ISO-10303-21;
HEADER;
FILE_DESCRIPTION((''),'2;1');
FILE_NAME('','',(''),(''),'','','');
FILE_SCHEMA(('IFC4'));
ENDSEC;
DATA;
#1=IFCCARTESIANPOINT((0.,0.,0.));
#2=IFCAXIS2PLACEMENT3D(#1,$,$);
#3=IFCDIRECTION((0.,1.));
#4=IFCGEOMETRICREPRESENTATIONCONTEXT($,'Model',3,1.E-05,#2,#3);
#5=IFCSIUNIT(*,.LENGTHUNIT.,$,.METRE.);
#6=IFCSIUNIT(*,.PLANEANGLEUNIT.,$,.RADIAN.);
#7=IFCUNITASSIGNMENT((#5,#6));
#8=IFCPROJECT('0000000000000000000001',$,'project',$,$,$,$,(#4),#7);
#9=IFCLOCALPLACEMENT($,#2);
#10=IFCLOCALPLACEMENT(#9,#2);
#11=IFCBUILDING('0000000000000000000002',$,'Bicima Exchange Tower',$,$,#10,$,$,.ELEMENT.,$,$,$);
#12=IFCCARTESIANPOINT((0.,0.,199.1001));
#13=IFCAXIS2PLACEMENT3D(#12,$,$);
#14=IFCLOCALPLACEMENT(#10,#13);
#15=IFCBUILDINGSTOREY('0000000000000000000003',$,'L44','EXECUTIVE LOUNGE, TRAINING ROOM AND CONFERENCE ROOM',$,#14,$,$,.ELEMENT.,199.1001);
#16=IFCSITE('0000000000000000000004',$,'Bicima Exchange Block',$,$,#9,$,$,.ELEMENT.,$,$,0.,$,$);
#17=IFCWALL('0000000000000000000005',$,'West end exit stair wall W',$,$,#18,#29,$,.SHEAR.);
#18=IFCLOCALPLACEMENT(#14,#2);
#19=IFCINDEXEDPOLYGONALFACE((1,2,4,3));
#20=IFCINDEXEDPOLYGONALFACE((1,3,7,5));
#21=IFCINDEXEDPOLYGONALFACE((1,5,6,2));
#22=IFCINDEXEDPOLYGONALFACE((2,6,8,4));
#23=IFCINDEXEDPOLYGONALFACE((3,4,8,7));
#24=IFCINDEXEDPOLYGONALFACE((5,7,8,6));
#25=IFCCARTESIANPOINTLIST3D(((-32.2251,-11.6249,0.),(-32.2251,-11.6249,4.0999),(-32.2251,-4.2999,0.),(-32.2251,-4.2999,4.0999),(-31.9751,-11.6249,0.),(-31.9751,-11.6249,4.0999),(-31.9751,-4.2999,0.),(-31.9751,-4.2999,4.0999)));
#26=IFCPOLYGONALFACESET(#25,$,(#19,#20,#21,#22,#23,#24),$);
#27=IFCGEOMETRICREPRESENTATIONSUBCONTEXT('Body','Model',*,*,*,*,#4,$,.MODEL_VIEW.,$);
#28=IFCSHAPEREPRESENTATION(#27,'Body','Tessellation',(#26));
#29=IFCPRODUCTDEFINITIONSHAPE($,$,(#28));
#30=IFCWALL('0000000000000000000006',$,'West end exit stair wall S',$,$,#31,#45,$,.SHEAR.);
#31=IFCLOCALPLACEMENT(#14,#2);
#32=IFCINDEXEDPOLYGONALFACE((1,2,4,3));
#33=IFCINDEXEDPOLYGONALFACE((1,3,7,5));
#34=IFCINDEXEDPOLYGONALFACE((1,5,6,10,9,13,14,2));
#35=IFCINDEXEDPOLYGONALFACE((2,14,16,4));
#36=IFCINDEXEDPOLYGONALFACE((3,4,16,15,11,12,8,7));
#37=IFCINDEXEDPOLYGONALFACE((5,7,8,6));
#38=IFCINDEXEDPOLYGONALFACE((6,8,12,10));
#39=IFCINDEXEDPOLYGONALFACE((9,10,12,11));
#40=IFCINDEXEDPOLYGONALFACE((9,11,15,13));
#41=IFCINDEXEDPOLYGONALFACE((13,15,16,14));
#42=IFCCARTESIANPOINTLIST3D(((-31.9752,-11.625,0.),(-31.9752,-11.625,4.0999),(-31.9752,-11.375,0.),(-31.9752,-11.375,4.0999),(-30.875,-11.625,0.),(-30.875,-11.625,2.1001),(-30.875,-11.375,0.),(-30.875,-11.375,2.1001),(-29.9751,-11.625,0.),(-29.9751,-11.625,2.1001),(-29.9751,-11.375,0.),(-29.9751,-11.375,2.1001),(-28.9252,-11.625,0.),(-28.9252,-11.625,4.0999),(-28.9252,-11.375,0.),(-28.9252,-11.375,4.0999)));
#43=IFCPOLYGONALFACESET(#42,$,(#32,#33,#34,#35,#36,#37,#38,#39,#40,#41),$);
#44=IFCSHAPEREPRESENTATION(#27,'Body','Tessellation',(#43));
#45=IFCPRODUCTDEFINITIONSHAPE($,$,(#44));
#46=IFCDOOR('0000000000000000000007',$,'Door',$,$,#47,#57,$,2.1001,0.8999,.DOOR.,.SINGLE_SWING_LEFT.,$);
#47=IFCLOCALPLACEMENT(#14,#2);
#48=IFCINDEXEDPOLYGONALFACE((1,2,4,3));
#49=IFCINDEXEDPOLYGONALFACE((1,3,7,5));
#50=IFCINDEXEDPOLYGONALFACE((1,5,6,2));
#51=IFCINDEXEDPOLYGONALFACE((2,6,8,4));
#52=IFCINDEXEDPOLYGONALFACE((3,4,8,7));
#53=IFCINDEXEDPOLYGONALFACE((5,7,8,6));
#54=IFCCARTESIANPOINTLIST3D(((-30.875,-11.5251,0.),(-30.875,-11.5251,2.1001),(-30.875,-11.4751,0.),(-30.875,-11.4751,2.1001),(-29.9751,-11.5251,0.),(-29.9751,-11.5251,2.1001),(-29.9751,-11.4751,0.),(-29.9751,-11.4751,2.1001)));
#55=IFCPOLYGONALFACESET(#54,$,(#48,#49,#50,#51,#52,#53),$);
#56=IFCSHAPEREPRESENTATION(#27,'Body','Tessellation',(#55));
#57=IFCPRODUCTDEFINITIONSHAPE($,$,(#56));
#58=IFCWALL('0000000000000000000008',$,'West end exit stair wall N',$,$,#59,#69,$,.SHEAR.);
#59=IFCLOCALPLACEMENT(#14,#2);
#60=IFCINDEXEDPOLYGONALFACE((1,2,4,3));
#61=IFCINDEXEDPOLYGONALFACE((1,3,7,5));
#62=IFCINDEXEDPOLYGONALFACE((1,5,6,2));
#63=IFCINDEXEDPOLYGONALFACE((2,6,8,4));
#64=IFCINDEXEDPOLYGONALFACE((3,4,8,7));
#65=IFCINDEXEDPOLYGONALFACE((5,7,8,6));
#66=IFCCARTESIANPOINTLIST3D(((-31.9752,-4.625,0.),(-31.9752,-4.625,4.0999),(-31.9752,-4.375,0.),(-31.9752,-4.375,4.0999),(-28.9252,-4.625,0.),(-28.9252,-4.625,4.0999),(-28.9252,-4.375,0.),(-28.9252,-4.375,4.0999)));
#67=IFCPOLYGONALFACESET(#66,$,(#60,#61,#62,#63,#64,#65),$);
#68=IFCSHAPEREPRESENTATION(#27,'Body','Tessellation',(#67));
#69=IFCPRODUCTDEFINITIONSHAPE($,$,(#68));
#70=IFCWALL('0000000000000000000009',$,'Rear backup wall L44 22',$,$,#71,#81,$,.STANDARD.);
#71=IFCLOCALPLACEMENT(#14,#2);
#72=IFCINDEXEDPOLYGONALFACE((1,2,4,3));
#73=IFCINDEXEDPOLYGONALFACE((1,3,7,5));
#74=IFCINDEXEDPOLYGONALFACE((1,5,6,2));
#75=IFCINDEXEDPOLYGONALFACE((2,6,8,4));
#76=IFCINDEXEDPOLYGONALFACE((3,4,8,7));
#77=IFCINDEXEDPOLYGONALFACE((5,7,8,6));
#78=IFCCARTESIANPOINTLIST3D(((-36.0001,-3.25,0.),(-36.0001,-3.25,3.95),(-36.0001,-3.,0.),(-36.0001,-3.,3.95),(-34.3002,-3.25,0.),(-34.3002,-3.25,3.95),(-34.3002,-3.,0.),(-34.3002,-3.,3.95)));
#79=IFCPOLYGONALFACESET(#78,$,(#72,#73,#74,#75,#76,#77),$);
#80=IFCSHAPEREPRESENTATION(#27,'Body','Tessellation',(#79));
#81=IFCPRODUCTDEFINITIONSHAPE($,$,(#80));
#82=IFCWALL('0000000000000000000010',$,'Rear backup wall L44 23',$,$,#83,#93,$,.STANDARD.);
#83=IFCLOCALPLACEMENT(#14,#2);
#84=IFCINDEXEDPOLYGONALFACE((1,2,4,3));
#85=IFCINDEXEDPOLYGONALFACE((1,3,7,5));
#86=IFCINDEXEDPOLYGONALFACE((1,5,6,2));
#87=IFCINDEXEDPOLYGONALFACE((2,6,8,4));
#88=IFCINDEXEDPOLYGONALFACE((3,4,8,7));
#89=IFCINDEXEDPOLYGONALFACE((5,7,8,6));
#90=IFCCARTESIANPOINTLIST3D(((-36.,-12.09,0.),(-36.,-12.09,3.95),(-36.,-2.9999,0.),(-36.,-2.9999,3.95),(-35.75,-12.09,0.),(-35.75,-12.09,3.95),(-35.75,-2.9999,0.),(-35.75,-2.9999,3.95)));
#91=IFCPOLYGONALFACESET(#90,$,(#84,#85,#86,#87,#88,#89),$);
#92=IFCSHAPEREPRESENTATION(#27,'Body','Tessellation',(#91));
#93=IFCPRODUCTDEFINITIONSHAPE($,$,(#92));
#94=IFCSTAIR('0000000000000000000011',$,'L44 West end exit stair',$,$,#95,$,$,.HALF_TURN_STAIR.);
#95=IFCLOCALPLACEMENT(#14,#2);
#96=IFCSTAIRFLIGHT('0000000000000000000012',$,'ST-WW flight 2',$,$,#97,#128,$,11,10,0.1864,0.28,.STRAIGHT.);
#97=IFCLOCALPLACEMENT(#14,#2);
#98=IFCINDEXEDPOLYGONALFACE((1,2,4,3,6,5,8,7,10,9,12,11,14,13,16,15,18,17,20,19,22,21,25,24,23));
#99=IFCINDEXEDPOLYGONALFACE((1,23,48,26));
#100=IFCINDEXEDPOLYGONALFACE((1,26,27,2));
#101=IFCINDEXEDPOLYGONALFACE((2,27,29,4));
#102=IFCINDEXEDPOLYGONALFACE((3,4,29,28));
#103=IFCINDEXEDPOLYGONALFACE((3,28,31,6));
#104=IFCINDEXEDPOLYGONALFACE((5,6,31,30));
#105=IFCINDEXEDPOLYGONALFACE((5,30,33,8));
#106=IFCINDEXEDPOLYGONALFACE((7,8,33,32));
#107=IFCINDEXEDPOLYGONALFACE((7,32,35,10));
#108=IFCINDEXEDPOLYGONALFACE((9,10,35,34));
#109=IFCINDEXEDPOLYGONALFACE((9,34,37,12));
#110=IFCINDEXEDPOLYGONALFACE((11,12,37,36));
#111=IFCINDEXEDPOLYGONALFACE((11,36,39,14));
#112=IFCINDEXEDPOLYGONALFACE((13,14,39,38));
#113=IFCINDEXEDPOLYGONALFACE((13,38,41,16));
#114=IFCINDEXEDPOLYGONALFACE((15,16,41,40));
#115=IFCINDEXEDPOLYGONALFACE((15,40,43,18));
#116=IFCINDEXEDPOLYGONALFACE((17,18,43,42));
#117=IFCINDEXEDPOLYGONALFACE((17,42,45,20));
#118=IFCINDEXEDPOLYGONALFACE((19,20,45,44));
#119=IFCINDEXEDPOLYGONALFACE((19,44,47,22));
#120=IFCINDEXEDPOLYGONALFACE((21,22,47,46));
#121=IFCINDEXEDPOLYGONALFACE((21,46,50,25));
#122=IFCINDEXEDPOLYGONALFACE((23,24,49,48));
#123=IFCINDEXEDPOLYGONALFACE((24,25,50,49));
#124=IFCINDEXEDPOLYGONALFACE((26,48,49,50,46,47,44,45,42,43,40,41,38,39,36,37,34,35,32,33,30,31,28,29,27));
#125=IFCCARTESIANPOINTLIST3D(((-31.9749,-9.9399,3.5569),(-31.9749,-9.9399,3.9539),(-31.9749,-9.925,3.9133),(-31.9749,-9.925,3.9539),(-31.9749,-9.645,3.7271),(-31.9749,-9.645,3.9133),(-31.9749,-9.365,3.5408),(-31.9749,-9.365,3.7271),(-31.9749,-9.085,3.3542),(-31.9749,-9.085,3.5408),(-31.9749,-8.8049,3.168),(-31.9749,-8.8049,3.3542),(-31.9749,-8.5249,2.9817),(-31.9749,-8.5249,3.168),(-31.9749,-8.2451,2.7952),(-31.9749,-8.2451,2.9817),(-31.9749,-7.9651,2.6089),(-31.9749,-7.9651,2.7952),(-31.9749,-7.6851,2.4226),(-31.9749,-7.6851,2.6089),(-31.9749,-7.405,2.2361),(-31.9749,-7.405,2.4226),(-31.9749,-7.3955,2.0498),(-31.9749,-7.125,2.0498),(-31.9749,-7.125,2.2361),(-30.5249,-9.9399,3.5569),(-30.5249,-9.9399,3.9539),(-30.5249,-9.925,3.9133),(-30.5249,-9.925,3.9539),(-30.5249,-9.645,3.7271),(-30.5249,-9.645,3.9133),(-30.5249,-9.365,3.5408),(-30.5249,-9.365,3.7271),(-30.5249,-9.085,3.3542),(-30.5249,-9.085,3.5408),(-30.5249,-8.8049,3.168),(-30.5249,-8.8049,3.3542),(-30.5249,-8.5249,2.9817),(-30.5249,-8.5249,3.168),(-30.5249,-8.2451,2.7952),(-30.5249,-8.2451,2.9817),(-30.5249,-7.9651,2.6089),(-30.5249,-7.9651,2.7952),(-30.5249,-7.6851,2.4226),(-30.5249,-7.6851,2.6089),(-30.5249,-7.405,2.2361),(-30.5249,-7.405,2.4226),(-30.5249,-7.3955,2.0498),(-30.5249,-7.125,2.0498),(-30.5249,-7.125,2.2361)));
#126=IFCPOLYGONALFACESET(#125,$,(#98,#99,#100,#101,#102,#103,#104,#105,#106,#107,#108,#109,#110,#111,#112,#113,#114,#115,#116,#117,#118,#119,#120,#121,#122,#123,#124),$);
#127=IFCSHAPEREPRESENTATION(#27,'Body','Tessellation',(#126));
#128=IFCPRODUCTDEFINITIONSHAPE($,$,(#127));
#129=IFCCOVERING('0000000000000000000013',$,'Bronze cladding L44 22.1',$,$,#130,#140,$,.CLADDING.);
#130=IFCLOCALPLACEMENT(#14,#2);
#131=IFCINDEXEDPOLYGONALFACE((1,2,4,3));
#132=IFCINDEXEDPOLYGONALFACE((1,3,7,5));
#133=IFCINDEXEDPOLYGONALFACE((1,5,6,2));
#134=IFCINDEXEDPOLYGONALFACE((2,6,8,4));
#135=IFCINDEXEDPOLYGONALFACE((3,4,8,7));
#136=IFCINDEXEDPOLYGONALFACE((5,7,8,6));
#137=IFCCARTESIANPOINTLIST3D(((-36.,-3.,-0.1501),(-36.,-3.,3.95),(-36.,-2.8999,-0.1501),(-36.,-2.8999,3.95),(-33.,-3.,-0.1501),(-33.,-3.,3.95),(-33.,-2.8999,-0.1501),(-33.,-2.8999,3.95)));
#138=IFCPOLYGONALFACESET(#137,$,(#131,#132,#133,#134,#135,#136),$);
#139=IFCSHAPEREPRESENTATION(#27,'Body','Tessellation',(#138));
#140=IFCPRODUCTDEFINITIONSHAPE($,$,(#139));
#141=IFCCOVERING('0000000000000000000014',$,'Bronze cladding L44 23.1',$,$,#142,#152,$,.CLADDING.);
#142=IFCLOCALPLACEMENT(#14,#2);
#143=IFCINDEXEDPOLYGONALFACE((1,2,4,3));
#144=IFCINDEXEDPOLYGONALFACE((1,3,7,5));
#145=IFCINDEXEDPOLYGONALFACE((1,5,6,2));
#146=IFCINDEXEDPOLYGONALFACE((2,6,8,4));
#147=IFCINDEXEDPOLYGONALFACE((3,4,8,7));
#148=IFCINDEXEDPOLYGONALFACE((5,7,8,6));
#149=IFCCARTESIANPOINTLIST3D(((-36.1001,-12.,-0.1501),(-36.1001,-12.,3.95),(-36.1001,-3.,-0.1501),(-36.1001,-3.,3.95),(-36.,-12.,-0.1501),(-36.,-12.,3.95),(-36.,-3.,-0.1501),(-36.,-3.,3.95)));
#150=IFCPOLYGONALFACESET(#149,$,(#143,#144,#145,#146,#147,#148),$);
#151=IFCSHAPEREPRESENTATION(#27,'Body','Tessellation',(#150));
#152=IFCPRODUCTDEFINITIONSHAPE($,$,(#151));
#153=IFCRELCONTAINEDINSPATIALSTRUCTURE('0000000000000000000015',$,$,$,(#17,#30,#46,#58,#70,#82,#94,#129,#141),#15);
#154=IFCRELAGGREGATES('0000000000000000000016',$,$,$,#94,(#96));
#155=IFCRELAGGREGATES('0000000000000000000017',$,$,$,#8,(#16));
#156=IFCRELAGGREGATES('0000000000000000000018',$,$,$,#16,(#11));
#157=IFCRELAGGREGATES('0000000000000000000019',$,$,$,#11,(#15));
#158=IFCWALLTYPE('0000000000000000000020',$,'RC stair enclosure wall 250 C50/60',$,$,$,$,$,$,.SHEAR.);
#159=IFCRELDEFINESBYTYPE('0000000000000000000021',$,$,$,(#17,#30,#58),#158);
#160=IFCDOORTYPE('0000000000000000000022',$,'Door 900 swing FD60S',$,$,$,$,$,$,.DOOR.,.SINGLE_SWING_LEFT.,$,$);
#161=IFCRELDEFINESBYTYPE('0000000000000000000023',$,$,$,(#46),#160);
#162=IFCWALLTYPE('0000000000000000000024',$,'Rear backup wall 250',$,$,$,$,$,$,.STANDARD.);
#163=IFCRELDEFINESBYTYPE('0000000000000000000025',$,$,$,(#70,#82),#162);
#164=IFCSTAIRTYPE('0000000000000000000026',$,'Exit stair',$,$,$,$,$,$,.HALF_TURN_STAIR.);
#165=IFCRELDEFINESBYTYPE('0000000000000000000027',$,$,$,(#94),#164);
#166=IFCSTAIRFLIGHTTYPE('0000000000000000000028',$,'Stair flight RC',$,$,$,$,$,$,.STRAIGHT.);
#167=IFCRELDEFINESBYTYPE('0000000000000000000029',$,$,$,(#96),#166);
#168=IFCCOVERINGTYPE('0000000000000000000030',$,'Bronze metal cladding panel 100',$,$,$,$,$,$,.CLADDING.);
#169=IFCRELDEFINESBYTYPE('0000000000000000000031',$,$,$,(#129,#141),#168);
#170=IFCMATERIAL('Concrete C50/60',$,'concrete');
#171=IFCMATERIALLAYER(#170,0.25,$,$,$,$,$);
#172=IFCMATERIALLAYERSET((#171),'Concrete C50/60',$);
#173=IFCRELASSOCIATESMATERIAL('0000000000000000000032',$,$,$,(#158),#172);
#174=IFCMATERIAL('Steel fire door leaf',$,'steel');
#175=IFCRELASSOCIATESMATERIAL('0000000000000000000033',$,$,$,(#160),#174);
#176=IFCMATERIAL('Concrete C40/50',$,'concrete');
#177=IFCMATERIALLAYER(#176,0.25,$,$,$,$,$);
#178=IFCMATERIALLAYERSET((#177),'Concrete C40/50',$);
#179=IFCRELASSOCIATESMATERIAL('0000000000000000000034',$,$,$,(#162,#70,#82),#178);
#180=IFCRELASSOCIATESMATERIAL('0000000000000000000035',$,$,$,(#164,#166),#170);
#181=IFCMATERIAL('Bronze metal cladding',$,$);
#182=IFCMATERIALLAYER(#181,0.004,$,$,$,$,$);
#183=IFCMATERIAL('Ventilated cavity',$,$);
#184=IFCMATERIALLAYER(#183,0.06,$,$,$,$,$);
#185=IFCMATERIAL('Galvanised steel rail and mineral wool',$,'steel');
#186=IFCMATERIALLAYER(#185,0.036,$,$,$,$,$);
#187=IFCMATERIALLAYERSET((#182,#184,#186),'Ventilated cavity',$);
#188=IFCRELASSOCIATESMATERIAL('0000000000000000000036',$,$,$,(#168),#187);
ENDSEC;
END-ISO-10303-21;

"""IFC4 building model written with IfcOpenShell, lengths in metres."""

from ifc_helpers import new_model, si_unit, direction, frame, frame_2d, origin, origin_2d, place, context, subcontext, project, spatial, polyline, rectangle, outline, extrude, material, layer, layer_set, layer_usage, type_object, element, fill, aggregate, save


model = new_model("IFC4")

# Units and contexts
model_context = context("Model", 3, precision=1e-05, world=origin(), true_north=direction((0.0, 1.0)))
body_context = subcontext(model_context, "Body", "Model", "MODEL_VIEW")
ifc_project = project(units=[si_unit("LENGTHUNIT", "METRE"), si_unit("PLANEANGLEUNIT", "RADIAN")], contexts=[model_context])

# Site, building, storey
site_placement = place(None, origin())
site = spatial("IfcSite", under=ifc_project, at=site_placement, Name="Bicima Exchange Block", CompositionType="ELEMENT", RefElevation=0.0)
building_placement = place(site_placement, origin())
building = spatial("IfcBuilding", under=site, at=building_placement, Name="Bicima Exchange Tower", CompositionType="ELEMENT")
storey_placement = place(building_placement, frame((0.0, 0.0, 199.1001)))
storey = spatial("IfcBuildingStorey", under=building, at=storey_placement, Name="L44", Description="EXECUTIVE LOUNGE, TRAINING ROOM AND CONFERENCE ROOM", CompositionType="ELEMENT", Elevation=199.1001)

# Wall
ifc_material_1 = material(Name="Concrete C50/60", Category="concrete")
ifc_layer_1 = layer(ifc_material_1, 0.25)
ifc_layer_set_1 = layer_set([ifc_layer_1], Name="Concrete C50/60")
wall_type_1 = type_object("IfcWallType", Name="RC stair enclosure wall 250 C50/60", PredefinedType="SHEAR", material=ifc_layer_set_1)
wall_1_placement = place(storey_placement, frame((-32.1001, -11.625, 0.0), z_axis=(0.0, 0.0, 1.0), x_axis=(0.0, 1.0, 0.0)))
element("IfcWall", 1, at=wall_1_placement, inside=storey, type_object=wall_type_1, Name="West end exit stair wall W", PredefinedType="SHEAR", context=body_context, shape_type="SweptSolid", body=[
    extrude(rectangle(XDim=7.325, YDim=0.25, at=frame_2d((3.6626, 0.0))), origin(), (0.0, 0.0, 1.0), 4.0999),
])

# Wall, opening, door
wall_2_placement = place(storey_placement, frame((-31.9751, -11.5, 0.0), z_axis=(0.0, 0.0, 1.0), x_axis=(1.0, 0.0, 0.0)))
wall_2 = element("IfcWall", 2, at=wall_2_placement, inside=storey, type_object=wall_type_1, Name="West end exit stair wall S", PredefinedType="SHEAR", context=body_context, shape_type="SweptSolid", body=[
    extrude(rectangle(XDim=3.05, YDim=0.25, at=frame_2d((1.5249, 0.0))), origin(), (0.0, 0.0, 1.0), 4.0999),
])
opening_placement = place(wall_2_placement, frame((1.1001, 0.0, 0.0)))
opening = element("IfcOpeningElement", 3, at=opening_placement, cuts=wall_2, PredefinedType="OPENING", context=body_context, shape_type="SweptSolid", body=[
    extrude(rectangle(XDim=0.8999, YDim=2.1001, at=frame_2d((0.45, 1.05))), frame((0.0, 0.137, 0.0), z_axis=(0.0, -1.0, 0.0), x_axis=(1.0, 0.0, 0.0)), (0.0, 0.0, 1.0), 0.2739),
])
ifc_material_2 = material(Name="Steel fire door leaf", Category="steel")
door_type = type_object("IfcDoorType", Name="Door 900 swing FD60S", OperationType="SINGLE_SWING_LEFT", PredefinedType="DOOR", material=ifc_material_2)
door_placement = place(opening_placement, origin())
door = element("IfcDoor", 4, at=door_placement, inside=storey, type_object=door_type, Name="Door", OperationType="SINGLE_SWING_LEFT", OverallHeight=2.1001, OverallWidth=0.8999, PredefinedType="DOOR", context=body_context, shape_type="SweptSolid", body=[
    extrude(rectangle(XDim=0.8999, YDim=2.1001, at=frame_2d((0.45, 1.05))), frame((0.0, 0.0249, 0.0), z_axis=(0.0, -1.0, 0.0), x_axis=(1.0, 0.0, 0.0)), (0.0, 0.0, 1.0), 0.05),
])
fill(opening, door)

# Walls
wall_3_placement = place(storey_placement, frame((-31.9751, -4.5, 0.0), z_axis=(0.0, 0.0, 1.0), x_axis=(1.0, 0.0, 0.0)))
element("IfcWall", 5, at=wall_3_placement, inside=storey, type_object=wall_type_1, Name="West end exit stair wall N", PredefinedType="SHEAR", context=body_context, shape_type="SweptSolid", body=[
    extrude(rectangle(XDim=3.05, YDim=0.25, at=frame_2d((1.5249, 0.0))), origin(), (0.0, 0.0, 1.0), 4.0999),
])
ifc_material_3 = material(Name="Concrete C40/50", Category="concrete")
ifc_layer_2 = layer(ifc_material_3, 0.25)
ifc_layer_set_2 = layer_set([ifc_layer_2], Name="Concrete C40/50")
ifc_layer_usage = layer_usage(ifc_layer_set_2, "AXIS2", "POSITIVE", -0.125)
wall_type_2 = type_object("IfcWallType", Name="Rear backup wall 250", PredefinedType="STANDARD", material=ifc_layer_set_2)
wall_4_placement = place(storey_placement, frame((-34.3, -3.125, 0.0), z_axis=(0.0, 0.0, 1.0), x_axis=(-1.0, 0.0, 0.0)))
element("IfcWall", 6, at=wall_4_placement, inside=storey, type_object=wall_type_2, material=ifc_layer_usage, Name="Rear backup wall L44 22", PredefinedType="STANDARD", context=body_context, shape_type="SweptSolid", body=[
    extrude(rectangle(XDim=1.7, YDim=0.25, at=frame_2d((0.8501, 0.0))), origin(), (0.0, 0.0, 1.0), 3.95),
])
wall_5_placement = place(storey_placement, frame((-35.875, -3.0, 0.0), z_axis=(0.0, 0.0, 1.0), x_axis=(0.0, -1.0, 0.0)))
element("IfcWall", 7, at=wall_5_placement, inside=storey, type_object=wall_type_2, material=ifc_layer_usage, Name="Rear backup wall L44 23", PredefinedType="STANDARD", context=body_context, shape_type="SweptSolid", body=[
    extrude(rectangle(XDim=9.0901, YDim=0.25, at=frame_2d((4.5449, 0.0))), origin(), (0.0, 0.0, 1.0), 3.95),
])

# Stair, stair flight
stair_type = type_object("IfcStairType", Name="Exit stair", PredefinedType="HALF_TURN_STAIR", material=ifc_material_1)
stair_placement = place(storey_placement, origin())
stair = element("IfcStair", 8, at=stair_placement, inside=storey, type_object=stair_type, Name="L44 West end exit stair", PredefinedType="HALF_TURN_STAIR")
stair_flight_type = type_object("IfcStairFlightType", Name="Stair flight RC", PredefinedType="STRAIGHT", material=ifc_material_1)
stair_flight_placement = place(storey_placement, frame((-31.25, -7.125, 2.0498), z_axis=(0.0, 0.0, 1.0), x_axis=(0.0, -1.0, 0.0)))
stair_flight = element("IfcStairFlight", 9, at=stair_flight_placement, type_object=stair_flight_type, Name="ST-WW flight 2", NumberOfRisers=11, NumberOfTreads=10, PredefinedType="STRAIGHT", RiserHeight=0.1864, TreadLength=0.28, context=body_context, shape_type="SweptSolid", body=[
    extrude(outline(polyline([(0.0, 0.0), (0.0, 0.1863), (0.28, 0.1863), (0.28, 0.3728), (0.5601, 0.3728), (0.5601, 0.5591), (0.8401, 0.5591), (0.8401, 0.7454), (1.1201, 0.7454), (1.1201, 0.9319), (1.3999, 0.9319), (1.3999, 1.1182), (1.6799, 1.1182), (1.6799, 1.3044), (1.96, 1.3044), (1.96, 1.491), (2.24, 1.491), (2.24, 1.6772), (2.52, 1.6772), (2.52, 1.8635), (2.8, 1.8635), (2.8, 1.9041), (2.8149, 1.9041), (2.8149, 1.5071), (0.2705, 0.0), (0.0, 0.0)])), frame((0.0, 0.7251, 0.0), z_axis=(0.0, -1.0, 0.0), x_axis=(1.0, 0.0, 0.0)), (0.0, 0.0, 1.0), 1.45),
])
aggregate(stair, [stair_flight])

# Coverings
ifc_material_4 = material(Name="Bronze metal cladding")
ifc_layer_3 = layer(ifc_material_4, 0.004)
ifc_material_5 = material(Name="Ventilated cavity")
ifc_layer_4 = layer(ifc_material_5, 0.06)
ifc_material_6 = material(Name="Galvanised steel rail and mineral wool", Category="steel")
ifc_layer_5 = layer(ifc_material_6, 0.036)
ifc_layer_set_3 = layer_set([ifc_layer_3, ifc_layer_4, ifc_layer_5], Name="Ventilated cavity")
covering_type = type_object("IfcCoveringType", Name="Bronze metal cladding panel 100", PredefinedType="CLADDING", material=ifc_layer_set_3)
covering_1_placement = place(storey_placement, frame((-34.5, -2.95, -0.1501), z_axis=(0.0, 0.0, 1.0), x_axis=(-1.0, 0.0, 0.0)))
element("IfcCovering", 10, at=covering_1_placement, inside=storey, type_object=covering_type, Name="Bronze cladding L44 22.1", PredefinedType="CLADDING", context=body_context, shape_type="SweptSolid", body=[
    extrude(rectangle(XDim=3.0, YDim=0.1001, at=origin_2d()), origin(), (0.0, 0.0, 1.0), 4.1001),
])
covering_2_placement = place(storey_placement, frame((-36.05, -7.5, -0.1501), z_axis=(0.0, 0.0, 1.0), x_axis=(0.0, -1.0, 0.0)))
element("IfcCovering", 11, at=covering_2_placement, inside=storey, type_object=covering_type, Name="Bronze cladding L44 23.1", PredefinedType="CLADDING", context=body_context, shape_type="SweptSolid", body=[
    extrude(rectangle(XDim=9.0, YDim=0.1001, at=origin_2d()), origin(), (0.0, 0.0, 1.0), 4.1001),
])

save(model, "model.ifc")
